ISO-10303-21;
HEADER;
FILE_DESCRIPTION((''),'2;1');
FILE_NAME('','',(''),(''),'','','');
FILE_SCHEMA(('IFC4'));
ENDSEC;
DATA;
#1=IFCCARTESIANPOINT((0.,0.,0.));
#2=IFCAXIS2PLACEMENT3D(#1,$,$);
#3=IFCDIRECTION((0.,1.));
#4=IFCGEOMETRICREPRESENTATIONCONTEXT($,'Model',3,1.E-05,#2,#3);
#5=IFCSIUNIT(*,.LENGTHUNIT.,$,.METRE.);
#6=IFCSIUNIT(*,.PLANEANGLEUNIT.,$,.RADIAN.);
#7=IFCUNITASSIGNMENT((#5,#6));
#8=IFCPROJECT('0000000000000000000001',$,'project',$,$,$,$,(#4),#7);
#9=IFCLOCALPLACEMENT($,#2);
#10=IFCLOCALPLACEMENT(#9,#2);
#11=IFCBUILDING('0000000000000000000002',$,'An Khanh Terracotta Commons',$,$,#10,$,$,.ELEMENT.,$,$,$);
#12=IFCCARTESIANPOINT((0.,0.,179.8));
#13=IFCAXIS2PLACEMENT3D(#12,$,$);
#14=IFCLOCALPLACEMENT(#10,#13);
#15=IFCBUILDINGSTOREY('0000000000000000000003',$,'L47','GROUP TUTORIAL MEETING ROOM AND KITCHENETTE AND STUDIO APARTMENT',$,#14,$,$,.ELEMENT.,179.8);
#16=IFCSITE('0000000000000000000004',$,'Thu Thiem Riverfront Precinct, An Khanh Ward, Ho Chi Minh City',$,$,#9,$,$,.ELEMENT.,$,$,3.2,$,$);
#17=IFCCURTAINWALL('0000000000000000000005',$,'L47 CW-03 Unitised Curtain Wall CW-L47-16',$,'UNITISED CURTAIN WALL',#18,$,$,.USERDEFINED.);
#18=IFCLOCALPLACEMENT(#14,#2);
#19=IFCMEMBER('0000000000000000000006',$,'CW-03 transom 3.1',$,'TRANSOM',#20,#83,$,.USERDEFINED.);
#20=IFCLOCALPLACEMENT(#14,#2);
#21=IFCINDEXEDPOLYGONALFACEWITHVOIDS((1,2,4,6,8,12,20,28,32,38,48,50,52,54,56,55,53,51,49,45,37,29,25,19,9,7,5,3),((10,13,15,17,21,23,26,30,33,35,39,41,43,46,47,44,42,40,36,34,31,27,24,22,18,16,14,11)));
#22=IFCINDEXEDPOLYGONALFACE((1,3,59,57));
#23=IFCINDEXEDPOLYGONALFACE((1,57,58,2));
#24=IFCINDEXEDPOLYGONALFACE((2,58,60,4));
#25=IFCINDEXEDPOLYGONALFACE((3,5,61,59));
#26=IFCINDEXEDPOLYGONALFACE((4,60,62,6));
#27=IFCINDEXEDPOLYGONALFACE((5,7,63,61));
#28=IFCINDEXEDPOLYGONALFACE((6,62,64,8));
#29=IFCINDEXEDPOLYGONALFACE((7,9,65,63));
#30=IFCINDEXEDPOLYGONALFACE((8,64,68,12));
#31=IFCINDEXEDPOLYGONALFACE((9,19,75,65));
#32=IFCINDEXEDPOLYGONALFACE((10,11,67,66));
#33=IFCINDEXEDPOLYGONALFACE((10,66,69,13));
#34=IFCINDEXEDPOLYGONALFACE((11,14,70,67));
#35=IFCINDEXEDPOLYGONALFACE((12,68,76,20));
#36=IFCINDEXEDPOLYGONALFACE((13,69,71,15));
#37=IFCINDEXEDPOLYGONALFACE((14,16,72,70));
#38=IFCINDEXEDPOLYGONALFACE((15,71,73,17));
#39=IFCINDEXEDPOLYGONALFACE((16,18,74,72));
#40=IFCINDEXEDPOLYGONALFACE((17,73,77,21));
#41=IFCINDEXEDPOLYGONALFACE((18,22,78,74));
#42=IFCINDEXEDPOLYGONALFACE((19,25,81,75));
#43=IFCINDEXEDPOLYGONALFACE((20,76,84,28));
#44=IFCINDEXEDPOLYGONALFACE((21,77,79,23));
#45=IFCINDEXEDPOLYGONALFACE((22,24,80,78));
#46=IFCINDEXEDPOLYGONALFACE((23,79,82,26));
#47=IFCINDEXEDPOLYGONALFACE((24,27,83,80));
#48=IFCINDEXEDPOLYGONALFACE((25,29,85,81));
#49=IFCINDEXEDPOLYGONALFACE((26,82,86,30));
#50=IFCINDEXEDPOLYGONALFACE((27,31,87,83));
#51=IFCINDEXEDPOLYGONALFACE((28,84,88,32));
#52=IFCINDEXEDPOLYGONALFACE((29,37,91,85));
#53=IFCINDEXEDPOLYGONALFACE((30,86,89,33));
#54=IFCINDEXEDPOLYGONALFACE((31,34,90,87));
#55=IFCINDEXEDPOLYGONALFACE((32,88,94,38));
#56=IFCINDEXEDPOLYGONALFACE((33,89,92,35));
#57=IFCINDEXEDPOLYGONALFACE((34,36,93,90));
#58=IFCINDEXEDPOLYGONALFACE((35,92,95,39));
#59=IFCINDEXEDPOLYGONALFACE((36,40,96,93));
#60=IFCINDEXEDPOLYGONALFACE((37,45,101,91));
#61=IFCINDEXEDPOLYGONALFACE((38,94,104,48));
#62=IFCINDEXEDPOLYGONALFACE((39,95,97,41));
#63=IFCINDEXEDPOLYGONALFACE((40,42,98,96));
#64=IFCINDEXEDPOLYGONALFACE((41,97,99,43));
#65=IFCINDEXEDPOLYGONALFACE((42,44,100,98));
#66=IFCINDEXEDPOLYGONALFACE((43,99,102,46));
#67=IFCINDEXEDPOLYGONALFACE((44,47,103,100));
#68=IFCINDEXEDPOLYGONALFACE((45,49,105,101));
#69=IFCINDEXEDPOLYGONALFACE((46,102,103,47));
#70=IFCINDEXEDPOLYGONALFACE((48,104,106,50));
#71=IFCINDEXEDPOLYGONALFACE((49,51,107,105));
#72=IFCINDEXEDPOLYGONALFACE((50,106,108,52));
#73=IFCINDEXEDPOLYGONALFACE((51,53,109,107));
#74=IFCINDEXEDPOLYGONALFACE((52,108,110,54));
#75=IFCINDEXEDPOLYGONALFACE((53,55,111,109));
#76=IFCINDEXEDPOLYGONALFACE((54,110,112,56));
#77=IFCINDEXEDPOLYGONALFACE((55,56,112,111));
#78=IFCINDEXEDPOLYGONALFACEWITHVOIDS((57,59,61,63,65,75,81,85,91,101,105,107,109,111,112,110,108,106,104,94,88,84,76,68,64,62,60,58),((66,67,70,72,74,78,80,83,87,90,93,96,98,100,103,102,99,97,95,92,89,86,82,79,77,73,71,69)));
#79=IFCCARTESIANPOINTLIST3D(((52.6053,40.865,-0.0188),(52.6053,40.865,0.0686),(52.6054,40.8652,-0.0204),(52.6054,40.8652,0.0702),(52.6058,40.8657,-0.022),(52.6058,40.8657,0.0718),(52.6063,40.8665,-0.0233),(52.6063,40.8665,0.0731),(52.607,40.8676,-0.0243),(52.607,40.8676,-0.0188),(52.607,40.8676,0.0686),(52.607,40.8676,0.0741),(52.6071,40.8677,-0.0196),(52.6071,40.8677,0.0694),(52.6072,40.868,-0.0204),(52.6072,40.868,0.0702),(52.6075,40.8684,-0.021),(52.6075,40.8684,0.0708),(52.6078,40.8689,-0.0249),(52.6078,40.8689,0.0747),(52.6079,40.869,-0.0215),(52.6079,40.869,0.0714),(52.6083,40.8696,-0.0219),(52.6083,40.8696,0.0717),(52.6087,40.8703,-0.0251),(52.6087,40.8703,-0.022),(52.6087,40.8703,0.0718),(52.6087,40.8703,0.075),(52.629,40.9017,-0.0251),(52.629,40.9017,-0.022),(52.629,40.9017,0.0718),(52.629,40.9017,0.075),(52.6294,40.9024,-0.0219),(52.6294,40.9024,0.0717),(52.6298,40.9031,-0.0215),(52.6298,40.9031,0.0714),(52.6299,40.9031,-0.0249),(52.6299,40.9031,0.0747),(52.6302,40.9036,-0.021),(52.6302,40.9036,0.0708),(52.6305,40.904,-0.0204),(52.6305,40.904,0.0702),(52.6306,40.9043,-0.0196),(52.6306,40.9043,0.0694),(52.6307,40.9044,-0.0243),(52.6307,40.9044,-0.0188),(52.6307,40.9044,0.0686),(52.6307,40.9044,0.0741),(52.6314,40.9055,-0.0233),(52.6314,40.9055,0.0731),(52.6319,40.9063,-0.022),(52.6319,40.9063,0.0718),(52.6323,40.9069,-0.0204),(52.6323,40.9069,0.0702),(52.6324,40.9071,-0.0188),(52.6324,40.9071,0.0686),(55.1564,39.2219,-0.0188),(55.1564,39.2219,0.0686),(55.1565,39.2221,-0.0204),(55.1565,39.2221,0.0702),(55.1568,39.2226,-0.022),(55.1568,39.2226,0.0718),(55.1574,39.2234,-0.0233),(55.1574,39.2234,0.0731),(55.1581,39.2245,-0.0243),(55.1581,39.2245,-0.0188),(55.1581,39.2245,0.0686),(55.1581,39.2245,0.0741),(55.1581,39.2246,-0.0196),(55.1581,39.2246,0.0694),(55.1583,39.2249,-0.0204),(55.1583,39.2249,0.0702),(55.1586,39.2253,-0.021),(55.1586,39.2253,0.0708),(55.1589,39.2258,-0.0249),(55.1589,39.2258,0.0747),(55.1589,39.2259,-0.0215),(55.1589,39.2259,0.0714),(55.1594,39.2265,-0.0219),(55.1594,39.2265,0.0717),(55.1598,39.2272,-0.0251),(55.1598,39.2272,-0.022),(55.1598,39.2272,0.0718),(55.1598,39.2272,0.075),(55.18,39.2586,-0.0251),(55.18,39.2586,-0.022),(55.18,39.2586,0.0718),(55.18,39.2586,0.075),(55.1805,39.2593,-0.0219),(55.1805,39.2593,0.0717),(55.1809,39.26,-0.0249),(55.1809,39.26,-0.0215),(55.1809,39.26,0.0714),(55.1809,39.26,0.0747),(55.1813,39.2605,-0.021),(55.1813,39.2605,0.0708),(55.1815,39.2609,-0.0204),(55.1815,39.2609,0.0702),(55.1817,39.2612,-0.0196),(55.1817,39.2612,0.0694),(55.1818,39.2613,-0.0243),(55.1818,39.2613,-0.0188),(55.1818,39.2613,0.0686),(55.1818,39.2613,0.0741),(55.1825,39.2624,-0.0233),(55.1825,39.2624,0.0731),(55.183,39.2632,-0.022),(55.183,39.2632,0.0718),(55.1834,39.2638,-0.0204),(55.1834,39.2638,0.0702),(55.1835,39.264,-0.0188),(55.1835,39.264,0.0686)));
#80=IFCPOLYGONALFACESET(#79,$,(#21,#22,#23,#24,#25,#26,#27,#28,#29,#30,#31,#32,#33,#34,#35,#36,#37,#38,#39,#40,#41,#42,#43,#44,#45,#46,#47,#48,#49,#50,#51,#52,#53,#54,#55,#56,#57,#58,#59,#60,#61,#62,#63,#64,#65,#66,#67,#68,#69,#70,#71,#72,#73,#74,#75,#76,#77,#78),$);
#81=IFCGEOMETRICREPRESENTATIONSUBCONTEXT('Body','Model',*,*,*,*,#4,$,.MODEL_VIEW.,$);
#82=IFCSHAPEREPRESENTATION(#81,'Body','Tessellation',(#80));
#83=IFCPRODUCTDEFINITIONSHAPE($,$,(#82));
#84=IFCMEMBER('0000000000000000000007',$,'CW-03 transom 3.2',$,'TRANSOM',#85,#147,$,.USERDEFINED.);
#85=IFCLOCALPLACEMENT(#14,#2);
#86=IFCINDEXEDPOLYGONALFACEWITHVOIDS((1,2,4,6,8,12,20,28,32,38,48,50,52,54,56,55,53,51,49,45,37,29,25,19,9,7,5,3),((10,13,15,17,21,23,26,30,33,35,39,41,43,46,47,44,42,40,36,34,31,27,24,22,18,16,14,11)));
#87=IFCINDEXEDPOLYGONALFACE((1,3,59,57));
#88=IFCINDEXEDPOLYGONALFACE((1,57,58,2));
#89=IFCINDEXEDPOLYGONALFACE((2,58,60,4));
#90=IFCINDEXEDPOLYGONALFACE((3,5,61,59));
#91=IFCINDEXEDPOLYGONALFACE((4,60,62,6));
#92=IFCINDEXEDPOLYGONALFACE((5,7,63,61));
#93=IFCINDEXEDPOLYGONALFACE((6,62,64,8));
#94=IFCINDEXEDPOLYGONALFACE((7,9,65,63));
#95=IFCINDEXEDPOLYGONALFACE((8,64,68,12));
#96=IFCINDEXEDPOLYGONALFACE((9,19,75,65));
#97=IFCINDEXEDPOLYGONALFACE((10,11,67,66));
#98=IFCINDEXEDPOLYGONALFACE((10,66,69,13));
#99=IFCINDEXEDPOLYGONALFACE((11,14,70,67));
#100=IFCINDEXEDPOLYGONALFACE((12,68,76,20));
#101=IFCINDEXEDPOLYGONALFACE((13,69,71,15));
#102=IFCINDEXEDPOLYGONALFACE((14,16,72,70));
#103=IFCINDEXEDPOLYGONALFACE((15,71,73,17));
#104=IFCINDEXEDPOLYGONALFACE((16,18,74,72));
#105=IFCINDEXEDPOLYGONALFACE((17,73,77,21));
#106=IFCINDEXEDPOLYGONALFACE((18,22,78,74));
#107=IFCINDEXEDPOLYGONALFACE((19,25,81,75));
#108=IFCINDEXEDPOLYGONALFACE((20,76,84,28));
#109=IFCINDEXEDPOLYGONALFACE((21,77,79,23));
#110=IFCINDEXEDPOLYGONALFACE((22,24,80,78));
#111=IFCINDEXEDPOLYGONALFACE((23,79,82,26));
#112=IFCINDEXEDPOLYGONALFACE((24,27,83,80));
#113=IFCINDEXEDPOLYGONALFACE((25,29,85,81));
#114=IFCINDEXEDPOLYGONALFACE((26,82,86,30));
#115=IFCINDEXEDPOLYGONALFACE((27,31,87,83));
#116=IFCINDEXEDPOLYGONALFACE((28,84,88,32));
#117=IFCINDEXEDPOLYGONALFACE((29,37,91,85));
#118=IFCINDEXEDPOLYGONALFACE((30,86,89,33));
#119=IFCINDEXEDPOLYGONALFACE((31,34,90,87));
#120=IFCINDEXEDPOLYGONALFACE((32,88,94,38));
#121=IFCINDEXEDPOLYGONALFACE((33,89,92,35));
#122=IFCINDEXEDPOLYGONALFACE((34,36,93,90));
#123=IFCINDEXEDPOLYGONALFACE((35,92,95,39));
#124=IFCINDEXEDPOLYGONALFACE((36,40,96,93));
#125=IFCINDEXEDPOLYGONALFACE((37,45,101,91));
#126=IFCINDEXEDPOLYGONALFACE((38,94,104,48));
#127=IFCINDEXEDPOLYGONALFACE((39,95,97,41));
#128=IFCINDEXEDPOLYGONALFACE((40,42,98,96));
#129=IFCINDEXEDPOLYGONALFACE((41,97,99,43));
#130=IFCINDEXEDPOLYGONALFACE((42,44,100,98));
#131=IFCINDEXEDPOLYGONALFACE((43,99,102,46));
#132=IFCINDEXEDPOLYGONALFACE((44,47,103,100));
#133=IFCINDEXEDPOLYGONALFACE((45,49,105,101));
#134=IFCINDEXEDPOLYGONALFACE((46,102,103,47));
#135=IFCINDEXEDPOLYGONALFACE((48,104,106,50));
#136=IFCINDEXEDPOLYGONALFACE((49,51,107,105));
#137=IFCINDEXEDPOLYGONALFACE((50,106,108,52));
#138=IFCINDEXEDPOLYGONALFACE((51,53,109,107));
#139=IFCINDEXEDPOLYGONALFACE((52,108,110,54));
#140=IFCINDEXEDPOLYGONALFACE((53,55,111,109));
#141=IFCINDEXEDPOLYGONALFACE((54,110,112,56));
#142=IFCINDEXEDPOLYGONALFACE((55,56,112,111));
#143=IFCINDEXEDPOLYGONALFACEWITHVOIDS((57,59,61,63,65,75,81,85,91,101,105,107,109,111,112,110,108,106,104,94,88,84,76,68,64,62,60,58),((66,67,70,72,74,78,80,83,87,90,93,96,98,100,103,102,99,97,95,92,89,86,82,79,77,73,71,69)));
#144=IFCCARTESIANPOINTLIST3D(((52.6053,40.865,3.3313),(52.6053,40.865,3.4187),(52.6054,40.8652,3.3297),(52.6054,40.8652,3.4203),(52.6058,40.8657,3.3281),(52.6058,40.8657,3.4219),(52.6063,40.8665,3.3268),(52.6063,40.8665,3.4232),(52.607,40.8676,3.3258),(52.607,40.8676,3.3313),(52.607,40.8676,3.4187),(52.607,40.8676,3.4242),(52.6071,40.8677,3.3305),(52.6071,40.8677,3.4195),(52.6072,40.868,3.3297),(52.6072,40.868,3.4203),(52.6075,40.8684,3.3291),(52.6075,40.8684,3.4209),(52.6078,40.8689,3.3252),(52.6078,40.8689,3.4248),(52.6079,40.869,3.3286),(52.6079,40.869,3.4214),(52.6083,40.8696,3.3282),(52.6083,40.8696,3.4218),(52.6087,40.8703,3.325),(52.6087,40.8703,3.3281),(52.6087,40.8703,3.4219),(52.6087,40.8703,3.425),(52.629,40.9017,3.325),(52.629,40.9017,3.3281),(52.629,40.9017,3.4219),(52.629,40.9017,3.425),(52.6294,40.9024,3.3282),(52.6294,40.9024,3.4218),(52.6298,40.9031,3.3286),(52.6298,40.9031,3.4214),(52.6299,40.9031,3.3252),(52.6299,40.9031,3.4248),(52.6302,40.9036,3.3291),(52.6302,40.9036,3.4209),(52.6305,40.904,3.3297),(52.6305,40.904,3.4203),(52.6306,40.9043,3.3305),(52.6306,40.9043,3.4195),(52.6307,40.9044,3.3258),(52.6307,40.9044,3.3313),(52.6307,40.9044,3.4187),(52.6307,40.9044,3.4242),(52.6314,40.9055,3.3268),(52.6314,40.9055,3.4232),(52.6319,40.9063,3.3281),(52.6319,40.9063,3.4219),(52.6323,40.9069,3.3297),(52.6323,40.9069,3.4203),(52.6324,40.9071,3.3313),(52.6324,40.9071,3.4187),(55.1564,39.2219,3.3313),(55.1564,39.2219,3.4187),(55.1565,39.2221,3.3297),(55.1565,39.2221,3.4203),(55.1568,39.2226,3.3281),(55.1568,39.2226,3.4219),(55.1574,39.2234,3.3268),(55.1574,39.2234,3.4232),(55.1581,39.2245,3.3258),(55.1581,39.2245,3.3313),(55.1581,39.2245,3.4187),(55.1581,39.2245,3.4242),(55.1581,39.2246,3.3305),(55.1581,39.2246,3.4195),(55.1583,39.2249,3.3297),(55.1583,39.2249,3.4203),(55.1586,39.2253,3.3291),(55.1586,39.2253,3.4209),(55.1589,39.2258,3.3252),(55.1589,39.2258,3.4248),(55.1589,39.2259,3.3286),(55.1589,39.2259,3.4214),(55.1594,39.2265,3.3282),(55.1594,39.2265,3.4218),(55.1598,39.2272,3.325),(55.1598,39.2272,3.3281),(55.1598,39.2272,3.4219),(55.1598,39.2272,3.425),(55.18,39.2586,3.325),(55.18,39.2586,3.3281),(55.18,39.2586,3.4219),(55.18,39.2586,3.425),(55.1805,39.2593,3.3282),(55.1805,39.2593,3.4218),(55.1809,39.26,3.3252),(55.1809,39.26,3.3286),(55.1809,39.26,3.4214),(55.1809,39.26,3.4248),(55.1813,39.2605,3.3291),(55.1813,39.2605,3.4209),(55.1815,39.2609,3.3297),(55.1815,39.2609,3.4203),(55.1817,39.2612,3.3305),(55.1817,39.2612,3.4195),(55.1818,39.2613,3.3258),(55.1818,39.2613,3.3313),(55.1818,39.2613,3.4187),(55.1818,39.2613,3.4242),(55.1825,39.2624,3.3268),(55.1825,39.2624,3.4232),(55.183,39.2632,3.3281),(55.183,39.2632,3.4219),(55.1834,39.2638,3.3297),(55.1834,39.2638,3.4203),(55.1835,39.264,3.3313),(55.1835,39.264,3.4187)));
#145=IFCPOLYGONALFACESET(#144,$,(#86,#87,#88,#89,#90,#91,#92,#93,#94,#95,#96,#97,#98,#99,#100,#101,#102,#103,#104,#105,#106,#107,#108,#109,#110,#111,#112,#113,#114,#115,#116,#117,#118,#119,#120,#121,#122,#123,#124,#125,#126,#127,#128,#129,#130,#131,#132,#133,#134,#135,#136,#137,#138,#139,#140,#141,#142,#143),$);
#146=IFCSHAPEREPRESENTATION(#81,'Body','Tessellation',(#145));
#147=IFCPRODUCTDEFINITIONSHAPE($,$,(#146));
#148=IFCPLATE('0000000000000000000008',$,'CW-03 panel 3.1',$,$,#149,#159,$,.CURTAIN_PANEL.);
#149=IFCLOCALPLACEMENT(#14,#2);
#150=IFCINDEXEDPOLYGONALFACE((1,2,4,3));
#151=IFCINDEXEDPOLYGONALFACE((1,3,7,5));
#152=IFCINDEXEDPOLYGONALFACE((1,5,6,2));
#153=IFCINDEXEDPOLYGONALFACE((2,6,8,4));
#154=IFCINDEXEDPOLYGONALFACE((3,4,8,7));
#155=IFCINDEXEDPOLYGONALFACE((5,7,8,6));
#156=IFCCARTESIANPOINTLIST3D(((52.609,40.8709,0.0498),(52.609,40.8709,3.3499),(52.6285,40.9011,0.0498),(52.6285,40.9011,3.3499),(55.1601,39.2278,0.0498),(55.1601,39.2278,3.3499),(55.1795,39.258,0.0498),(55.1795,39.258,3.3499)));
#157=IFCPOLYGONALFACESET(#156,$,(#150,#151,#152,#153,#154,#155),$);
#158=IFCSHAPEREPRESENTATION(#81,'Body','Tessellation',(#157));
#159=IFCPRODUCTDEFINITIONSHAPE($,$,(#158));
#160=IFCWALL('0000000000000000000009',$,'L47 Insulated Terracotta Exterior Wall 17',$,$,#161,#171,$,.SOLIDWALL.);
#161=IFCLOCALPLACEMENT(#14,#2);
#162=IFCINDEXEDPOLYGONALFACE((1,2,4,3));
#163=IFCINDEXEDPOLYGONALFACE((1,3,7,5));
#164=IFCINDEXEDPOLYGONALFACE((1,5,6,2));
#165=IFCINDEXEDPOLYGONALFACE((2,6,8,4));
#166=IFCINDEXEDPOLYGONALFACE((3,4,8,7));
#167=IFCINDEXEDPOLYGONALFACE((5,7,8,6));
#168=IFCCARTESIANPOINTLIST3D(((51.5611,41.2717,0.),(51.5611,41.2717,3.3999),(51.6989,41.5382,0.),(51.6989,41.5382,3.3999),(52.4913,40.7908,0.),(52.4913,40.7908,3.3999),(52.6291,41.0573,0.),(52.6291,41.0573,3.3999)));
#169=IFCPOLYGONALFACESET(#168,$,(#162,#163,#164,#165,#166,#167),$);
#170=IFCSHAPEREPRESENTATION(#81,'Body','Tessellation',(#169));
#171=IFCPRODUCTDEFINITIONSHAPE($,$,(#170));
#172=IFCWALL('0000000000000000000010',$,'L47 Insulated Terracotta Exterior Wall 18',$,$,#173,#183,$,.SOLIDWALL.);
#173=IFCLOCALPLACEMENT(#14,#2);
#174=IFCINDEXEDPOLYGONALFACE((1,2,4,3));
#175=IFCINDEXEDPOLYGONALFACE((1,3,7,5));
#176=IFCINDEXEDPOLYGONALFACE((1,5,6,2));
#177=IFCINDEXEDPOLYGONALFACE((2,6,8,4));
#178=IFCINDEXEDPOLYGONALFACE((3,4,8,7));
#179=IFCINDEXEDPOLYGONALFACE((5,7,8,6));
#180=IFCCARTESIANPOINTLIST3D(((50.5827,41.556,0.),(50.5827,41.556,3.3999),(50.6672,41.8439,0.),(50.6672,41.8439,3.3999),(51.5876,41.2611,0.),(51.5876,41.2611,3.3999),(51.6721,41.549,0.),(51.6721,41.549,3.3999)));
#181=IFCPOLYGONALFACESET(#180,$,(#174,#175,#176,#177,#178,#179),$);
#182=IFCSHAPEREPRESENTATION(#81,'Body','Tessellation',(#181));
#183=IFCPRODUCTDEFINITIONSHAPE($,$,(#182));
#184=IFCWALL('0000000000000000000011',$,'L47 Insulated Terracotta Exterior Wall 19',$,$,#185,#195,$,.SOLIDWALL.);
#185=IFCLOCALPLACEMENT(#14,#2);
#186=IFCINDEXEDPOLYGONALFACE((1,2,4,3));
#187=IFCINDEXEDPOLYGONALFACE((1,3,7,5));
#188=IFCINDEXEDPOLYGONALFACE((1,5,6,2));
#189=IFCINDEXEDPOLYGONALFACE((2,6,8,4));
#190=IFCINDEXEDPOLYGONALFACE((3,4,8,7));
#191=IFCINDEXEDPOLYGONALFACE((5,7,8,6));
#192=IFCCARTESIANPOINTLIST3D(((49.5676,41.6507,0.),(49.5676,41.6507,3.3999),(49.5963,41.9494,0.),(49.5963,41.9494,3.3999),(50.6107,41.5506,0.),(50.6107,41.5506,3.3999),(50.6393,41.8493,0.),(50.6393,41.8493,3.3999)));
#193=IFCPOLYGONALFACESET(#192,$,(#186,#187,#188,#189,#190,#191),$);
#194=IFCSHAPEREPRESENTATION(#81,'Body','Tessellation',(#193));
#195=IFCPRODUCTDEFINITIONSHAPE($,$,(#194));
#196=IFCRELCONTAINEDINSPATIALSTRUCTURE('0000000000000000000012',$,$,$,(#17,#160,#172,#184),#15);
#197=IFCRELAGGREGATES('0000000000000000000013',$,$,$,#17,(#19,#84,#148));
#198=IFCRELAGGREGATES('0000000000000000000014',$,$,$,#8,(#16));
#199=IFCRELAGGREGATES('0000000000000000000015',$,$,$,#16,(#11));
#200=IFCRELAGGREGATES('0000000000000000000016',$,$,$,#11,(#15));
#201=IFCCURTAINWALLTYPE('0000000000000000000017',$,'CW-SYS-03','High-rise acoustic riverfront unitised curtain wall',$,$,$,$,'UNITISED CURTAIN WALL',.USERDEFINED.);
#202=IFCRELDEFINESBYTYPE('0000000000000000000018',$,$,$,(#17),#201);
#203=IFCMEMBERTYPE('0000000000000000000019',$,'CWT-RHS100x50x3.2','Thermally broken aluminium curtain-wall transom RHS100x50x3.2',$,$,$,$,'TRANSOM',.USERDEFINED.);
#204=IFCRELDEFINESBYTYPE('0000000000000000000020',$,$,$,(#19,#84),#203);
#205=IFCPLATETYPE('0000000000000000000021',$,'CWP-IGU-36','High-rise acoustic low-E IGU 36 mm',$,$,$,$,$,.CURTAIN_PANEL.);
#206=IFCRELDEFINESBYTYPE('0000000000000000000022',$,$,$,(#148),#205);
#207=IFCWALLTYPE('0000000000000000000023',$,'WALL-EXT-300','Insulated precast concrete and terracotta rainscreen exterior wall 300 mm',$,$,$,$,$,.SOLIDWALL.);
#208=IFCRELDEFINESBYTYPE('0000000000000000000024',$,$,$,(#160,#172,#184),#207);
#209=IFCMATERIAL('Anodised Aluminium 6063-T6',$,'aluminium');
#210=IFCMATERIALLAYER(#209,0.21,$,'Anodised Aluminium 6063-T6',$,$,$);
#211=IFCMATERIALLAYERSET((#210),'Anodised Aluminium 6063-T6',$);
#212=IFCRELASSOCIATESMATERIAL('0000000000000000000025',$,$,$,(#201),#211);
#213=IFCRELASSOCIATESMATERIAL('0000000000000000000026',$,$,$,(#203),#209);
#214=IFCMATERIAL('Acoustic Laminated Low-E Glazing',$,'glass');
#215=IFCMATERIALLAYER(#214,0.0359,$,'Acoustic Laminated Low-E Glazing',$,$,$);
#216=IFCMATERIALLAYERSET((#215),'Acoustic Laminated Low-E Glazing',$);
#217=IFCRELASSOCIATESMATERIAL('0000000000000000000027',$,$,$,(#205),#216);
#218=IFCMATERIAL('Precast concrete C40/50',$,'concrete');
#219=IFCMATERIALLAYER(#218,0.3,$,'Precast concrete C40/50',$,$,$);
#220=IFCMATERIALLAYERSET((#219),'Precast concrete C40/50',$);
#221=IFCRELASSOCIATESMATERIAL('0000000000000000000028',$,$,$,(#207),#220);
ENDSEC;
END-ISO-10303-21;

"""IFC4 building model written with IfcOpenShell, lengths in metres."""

from ifc_helpers import new_model, si_unit, direction, frame, frame_2d, origin, origin_2d, place, context, subcontext, project, spatial, rectangle, hollow_rectangle, extrude, material, layer, layer_set, material_profile, profile_set, type_object, element, aggregate, save


model = new_model("IFC4")

# Units and contexts
model_context = context("Model", 3, precision=1e-05, world=origin(), true_north=direction((0.0, 1.0)))
body_context = subcontext(model_context, "Body", "Model", "MODEL_VIEW")
ifc_project = project(units=[si_unit("LENGTHUNIT", "METRE"), si_unit("PLANEANGLEUNIT", "RADIAN")], contexts=[model_context])

# Site, building, storey
site_placement = place(None, origin())
site = spatial("IfcSite", under=ifc_project, at=site_placement, Name="Thu Thiem Riverfront Precinct, An Khanh Ward, Ho Chi Minh City", CompositionType="ELEMENT", RefElevation=3.2)
building_placement = place(site_placement, origin())
building = spatial("IfcBuilding", under=site, at=building_placement, Name="An Khanh Terracotta Commons", CompositionType="ELEMENT")
storey_placement = place(building_placement, frame((0.0, 0.0, 179.8)))
storey = spatial("IfcBuildingStorey", under=building, at=storey_placement, Name="L47", Description="GROUP TUTORIAL MEETING ROOM AND KITCHENETTE AND STUDIO APARTMENT", CompositionType="ELEMENT", Elevation=179.8)

# Curtain wall, members, plate
ifc_material_1 = material(Name="Anodised Aluminium 6063-T6", Category="aluminium")
ifc_layer_1 = layer(ifc_material_1, 0.21, Name="Anodised Aluminium 6063-T6")
ifc_layer_set_1 = layer_set([ifc_layer_1], Name="Anodised Aluminium 6063-T6")
curtain_wall_type = type_object("IfcCurtainWallType", Name="CW-SYS-03", Description="High-rise acoustic riverfront unitised curtain wall", ElementType="UNITISED CURTAIN WALL", PredefinedType="USERDEFINED", material=ifc_layer_set_1)
curtain_wall_placement = place(storey_placement, origin())
curtain_wall = element("IfcCurtainWall", 1, at=curtain_wall_placement, inside=storey, type_object=curtain_wall_type, Name="L47 CW-03 Unitised Curtain Wall CW-L47-16", ObjectType="UNITISED CURTAIN WALL", PredefinedType="USERDEFINED")
ifc_material_profile_1 = material_profile(ifc_material_1, hollow_rectangle(XDim=0.05, YDim=0.1001, WallThickness=0.0032, InnerFilletRadius=0.0032, OuterFilletRadius=0.0063, at=origin_2d()), Name="RHS100x50x3.2")
ifc_profile_set_1 = profile_set([ifc_material_profile_1], Name="Anodised Aluminium 6063-T6")
member_type_1 = type_object("IfcMemberType", Name="CWT-RHS100x50x3.2", Description="Thermally broken aluminium curtain-wall transom RHS100x50x3.2", ElementType="TRANSOM", PredefinedType="USERDEFINED", material=ifc_profile_set_1)
member_1_placement = place(storey_placement, frame((55.1699, 39.2429, 0.0249), z_axis=(-0.84071, 0.541485, 0.0), x_axis=(-0.541485, -0.84071, 0.0)))
member_1 = element("IfcMember", 2, at=member_1_placement, type_object=member_type_1, Name="CW-03 transom 3.1", ObjectType="TRANSOM", PredefinedType="USERDEFINED", context=body_context, shape_type="SweptSolid", body=[
    extrude(hollow_rectangle(XDim=0.05, YDim=0.1001, WallThickness=0.0032, InnerFilletRadius=0.0032, OuterFilletRadius=0.0063, at=origin_2d()), origin(), (0.0, 0.0, 1.0), 3.0344),
])
member_2_placement = place(storey_placement, frame((55.1699, 39.2429, 3.375), z_axis=(-0.84071, 0.541485, 0.0), x_axis=(-0.541485, -0.84071, 0.0)))
member_2 = element("IfcMember", 3, at=member_2_placement, type_object=member_type_1, Name="CW-03 transom 3.2", ObjectType="TRANSOM", PredefinedType="USERDEFINED", context=body_context, shape_type="SweptSolid", body=[
    extrude(hollow_rectangle(XDim=0.05, YDim=0.1001, WallThickness=0.0032, InnerFilletRadius=0.0032, OuterFilletRadius=0.0063, at=origin_2d()), origin(), (0.0, 0.0, 1.0), 3.0344),
])
ifc_material_2 = material(Name="Acoustic Laminated Low-E Glazing", Category="glass")
ifc_layer_2 = layer(ifc_material_2, 0.0359, Name="Acoustic Laminated Low-E Glazing")
ifc_layer_set_2 = layer_set([ifc_layer_2], Name="Acoustic Laminated Low-E Glazing")
plate_type = type_object("IfcPlateType", Name="CWP-IGU-36", Description="High-rise acoustic low-E IGU 36 mm", PredefinedType="CURTAIN_PANEL", material=ifc_layer_set_2)
plate_placement = place(storey_placement, frame((53.8943, 40.0645, 0.0498), z_axis=(0.0, 0.0, 1.0), x_axis=(-0.840702, 0.541498, 0.0)))
plate = element("IfcPlate", 4, at=plate_placement, type_object=plate_type, Name="CW-03 panel 3.1", PredefinedType="CURTAIN_PANEL", context=body_context, shape_type="SweptSolid", body=[
    extrude(rectangle(XDim=3.0344, YDim=0.0359, at=origin_2d()), origin(), (0.0, 0.0, 1.0), 3.3),
])
aggregate(curtain_wall, [member_1, member_2, plate])

# Walls
ifc_material_3 = material(Name="Precast concrete C40/50", Category="concrete")
ifc_layer_3 = layer(ifc_material_3, 0.3, Name="Precast concrete C40/50")
ifc_layer_set_3 = layer_set([ifc_layer_3], Name="Precast concrete C40/50")
wall_type = type_object("IfcWallType", Name="WALL-EXT-300", Description="Insulated precast concrete and terracotta rainscreen exterior wall 300 mm", PredefinedType="SOLIDWALL", material=ifc_layer_set_3)
wall_1_placement = place(storey_placement, frame((52.5601, 40.9241, 0.0), z_axis=(0.0, 0.0, 1.0), x_axis=(-0.888283, 0.459296, 0.0)))
element("IfcWall", 5, at=wall_1_placement, inside=storey, type_object=wall_type, Name="L47 Insulated Terracotta Exterior Wall 17", PredefinedType="SOLIDWALL", context=body_context, shape_type="SweptSolid", body=[
    extrude(rectangle(XDim=1.0471, YDim=0.3, at=frame_2d((0.5234, 0.0))), origin(), (0.0, 0.0, 1.0), 3.3999),
])
wall_2_placement = place(storey_placement, frame((51.6299, 41.405, 0.0), z_axis=(0.0, 0.0, 1.0), x_axis=(-0.959529, 0.281611, 0.0)))
element("IfcWall", 6, at=wall_2_placement, inside=storey, type_object=wall_type, Name="L47 Insulated Terracotta Exterior Wall 18", PredefinedType="SOLIDWALL", context=body_context, shape_type="SweptSolid", body=[
    extrude(rectangle(XDim=1.0474, YDim=0.3, at=frame_2d((0.5237, 0.0))), origin(), (0.0, 0.0, 1.0), 3.3999),
])
wall_3_placement = place(storey_placement, frame((50.625, 41.7, 0.0), z_axis=(0.0, 0.0, 1.0), x_axis=(-0.995426, 0.095535, 0.0)))
element("IfcWall", 7, at=wall_3_placement, inside=storey, type_object=wall_type, Name="L47 Insulated Terracotta Exterior Wall 19", PredefinedType="SOLIDWALL", context=body_context, shape_type="SweptSolid", body=[
    extrude(rectangle(XDim=1.0479, YDim=0.3, at=frame_2d((0.5239, 0.0))), origin(), (0.0, 0.0, 1.0), 3.3999),
])

save(model, "model.ifc")
